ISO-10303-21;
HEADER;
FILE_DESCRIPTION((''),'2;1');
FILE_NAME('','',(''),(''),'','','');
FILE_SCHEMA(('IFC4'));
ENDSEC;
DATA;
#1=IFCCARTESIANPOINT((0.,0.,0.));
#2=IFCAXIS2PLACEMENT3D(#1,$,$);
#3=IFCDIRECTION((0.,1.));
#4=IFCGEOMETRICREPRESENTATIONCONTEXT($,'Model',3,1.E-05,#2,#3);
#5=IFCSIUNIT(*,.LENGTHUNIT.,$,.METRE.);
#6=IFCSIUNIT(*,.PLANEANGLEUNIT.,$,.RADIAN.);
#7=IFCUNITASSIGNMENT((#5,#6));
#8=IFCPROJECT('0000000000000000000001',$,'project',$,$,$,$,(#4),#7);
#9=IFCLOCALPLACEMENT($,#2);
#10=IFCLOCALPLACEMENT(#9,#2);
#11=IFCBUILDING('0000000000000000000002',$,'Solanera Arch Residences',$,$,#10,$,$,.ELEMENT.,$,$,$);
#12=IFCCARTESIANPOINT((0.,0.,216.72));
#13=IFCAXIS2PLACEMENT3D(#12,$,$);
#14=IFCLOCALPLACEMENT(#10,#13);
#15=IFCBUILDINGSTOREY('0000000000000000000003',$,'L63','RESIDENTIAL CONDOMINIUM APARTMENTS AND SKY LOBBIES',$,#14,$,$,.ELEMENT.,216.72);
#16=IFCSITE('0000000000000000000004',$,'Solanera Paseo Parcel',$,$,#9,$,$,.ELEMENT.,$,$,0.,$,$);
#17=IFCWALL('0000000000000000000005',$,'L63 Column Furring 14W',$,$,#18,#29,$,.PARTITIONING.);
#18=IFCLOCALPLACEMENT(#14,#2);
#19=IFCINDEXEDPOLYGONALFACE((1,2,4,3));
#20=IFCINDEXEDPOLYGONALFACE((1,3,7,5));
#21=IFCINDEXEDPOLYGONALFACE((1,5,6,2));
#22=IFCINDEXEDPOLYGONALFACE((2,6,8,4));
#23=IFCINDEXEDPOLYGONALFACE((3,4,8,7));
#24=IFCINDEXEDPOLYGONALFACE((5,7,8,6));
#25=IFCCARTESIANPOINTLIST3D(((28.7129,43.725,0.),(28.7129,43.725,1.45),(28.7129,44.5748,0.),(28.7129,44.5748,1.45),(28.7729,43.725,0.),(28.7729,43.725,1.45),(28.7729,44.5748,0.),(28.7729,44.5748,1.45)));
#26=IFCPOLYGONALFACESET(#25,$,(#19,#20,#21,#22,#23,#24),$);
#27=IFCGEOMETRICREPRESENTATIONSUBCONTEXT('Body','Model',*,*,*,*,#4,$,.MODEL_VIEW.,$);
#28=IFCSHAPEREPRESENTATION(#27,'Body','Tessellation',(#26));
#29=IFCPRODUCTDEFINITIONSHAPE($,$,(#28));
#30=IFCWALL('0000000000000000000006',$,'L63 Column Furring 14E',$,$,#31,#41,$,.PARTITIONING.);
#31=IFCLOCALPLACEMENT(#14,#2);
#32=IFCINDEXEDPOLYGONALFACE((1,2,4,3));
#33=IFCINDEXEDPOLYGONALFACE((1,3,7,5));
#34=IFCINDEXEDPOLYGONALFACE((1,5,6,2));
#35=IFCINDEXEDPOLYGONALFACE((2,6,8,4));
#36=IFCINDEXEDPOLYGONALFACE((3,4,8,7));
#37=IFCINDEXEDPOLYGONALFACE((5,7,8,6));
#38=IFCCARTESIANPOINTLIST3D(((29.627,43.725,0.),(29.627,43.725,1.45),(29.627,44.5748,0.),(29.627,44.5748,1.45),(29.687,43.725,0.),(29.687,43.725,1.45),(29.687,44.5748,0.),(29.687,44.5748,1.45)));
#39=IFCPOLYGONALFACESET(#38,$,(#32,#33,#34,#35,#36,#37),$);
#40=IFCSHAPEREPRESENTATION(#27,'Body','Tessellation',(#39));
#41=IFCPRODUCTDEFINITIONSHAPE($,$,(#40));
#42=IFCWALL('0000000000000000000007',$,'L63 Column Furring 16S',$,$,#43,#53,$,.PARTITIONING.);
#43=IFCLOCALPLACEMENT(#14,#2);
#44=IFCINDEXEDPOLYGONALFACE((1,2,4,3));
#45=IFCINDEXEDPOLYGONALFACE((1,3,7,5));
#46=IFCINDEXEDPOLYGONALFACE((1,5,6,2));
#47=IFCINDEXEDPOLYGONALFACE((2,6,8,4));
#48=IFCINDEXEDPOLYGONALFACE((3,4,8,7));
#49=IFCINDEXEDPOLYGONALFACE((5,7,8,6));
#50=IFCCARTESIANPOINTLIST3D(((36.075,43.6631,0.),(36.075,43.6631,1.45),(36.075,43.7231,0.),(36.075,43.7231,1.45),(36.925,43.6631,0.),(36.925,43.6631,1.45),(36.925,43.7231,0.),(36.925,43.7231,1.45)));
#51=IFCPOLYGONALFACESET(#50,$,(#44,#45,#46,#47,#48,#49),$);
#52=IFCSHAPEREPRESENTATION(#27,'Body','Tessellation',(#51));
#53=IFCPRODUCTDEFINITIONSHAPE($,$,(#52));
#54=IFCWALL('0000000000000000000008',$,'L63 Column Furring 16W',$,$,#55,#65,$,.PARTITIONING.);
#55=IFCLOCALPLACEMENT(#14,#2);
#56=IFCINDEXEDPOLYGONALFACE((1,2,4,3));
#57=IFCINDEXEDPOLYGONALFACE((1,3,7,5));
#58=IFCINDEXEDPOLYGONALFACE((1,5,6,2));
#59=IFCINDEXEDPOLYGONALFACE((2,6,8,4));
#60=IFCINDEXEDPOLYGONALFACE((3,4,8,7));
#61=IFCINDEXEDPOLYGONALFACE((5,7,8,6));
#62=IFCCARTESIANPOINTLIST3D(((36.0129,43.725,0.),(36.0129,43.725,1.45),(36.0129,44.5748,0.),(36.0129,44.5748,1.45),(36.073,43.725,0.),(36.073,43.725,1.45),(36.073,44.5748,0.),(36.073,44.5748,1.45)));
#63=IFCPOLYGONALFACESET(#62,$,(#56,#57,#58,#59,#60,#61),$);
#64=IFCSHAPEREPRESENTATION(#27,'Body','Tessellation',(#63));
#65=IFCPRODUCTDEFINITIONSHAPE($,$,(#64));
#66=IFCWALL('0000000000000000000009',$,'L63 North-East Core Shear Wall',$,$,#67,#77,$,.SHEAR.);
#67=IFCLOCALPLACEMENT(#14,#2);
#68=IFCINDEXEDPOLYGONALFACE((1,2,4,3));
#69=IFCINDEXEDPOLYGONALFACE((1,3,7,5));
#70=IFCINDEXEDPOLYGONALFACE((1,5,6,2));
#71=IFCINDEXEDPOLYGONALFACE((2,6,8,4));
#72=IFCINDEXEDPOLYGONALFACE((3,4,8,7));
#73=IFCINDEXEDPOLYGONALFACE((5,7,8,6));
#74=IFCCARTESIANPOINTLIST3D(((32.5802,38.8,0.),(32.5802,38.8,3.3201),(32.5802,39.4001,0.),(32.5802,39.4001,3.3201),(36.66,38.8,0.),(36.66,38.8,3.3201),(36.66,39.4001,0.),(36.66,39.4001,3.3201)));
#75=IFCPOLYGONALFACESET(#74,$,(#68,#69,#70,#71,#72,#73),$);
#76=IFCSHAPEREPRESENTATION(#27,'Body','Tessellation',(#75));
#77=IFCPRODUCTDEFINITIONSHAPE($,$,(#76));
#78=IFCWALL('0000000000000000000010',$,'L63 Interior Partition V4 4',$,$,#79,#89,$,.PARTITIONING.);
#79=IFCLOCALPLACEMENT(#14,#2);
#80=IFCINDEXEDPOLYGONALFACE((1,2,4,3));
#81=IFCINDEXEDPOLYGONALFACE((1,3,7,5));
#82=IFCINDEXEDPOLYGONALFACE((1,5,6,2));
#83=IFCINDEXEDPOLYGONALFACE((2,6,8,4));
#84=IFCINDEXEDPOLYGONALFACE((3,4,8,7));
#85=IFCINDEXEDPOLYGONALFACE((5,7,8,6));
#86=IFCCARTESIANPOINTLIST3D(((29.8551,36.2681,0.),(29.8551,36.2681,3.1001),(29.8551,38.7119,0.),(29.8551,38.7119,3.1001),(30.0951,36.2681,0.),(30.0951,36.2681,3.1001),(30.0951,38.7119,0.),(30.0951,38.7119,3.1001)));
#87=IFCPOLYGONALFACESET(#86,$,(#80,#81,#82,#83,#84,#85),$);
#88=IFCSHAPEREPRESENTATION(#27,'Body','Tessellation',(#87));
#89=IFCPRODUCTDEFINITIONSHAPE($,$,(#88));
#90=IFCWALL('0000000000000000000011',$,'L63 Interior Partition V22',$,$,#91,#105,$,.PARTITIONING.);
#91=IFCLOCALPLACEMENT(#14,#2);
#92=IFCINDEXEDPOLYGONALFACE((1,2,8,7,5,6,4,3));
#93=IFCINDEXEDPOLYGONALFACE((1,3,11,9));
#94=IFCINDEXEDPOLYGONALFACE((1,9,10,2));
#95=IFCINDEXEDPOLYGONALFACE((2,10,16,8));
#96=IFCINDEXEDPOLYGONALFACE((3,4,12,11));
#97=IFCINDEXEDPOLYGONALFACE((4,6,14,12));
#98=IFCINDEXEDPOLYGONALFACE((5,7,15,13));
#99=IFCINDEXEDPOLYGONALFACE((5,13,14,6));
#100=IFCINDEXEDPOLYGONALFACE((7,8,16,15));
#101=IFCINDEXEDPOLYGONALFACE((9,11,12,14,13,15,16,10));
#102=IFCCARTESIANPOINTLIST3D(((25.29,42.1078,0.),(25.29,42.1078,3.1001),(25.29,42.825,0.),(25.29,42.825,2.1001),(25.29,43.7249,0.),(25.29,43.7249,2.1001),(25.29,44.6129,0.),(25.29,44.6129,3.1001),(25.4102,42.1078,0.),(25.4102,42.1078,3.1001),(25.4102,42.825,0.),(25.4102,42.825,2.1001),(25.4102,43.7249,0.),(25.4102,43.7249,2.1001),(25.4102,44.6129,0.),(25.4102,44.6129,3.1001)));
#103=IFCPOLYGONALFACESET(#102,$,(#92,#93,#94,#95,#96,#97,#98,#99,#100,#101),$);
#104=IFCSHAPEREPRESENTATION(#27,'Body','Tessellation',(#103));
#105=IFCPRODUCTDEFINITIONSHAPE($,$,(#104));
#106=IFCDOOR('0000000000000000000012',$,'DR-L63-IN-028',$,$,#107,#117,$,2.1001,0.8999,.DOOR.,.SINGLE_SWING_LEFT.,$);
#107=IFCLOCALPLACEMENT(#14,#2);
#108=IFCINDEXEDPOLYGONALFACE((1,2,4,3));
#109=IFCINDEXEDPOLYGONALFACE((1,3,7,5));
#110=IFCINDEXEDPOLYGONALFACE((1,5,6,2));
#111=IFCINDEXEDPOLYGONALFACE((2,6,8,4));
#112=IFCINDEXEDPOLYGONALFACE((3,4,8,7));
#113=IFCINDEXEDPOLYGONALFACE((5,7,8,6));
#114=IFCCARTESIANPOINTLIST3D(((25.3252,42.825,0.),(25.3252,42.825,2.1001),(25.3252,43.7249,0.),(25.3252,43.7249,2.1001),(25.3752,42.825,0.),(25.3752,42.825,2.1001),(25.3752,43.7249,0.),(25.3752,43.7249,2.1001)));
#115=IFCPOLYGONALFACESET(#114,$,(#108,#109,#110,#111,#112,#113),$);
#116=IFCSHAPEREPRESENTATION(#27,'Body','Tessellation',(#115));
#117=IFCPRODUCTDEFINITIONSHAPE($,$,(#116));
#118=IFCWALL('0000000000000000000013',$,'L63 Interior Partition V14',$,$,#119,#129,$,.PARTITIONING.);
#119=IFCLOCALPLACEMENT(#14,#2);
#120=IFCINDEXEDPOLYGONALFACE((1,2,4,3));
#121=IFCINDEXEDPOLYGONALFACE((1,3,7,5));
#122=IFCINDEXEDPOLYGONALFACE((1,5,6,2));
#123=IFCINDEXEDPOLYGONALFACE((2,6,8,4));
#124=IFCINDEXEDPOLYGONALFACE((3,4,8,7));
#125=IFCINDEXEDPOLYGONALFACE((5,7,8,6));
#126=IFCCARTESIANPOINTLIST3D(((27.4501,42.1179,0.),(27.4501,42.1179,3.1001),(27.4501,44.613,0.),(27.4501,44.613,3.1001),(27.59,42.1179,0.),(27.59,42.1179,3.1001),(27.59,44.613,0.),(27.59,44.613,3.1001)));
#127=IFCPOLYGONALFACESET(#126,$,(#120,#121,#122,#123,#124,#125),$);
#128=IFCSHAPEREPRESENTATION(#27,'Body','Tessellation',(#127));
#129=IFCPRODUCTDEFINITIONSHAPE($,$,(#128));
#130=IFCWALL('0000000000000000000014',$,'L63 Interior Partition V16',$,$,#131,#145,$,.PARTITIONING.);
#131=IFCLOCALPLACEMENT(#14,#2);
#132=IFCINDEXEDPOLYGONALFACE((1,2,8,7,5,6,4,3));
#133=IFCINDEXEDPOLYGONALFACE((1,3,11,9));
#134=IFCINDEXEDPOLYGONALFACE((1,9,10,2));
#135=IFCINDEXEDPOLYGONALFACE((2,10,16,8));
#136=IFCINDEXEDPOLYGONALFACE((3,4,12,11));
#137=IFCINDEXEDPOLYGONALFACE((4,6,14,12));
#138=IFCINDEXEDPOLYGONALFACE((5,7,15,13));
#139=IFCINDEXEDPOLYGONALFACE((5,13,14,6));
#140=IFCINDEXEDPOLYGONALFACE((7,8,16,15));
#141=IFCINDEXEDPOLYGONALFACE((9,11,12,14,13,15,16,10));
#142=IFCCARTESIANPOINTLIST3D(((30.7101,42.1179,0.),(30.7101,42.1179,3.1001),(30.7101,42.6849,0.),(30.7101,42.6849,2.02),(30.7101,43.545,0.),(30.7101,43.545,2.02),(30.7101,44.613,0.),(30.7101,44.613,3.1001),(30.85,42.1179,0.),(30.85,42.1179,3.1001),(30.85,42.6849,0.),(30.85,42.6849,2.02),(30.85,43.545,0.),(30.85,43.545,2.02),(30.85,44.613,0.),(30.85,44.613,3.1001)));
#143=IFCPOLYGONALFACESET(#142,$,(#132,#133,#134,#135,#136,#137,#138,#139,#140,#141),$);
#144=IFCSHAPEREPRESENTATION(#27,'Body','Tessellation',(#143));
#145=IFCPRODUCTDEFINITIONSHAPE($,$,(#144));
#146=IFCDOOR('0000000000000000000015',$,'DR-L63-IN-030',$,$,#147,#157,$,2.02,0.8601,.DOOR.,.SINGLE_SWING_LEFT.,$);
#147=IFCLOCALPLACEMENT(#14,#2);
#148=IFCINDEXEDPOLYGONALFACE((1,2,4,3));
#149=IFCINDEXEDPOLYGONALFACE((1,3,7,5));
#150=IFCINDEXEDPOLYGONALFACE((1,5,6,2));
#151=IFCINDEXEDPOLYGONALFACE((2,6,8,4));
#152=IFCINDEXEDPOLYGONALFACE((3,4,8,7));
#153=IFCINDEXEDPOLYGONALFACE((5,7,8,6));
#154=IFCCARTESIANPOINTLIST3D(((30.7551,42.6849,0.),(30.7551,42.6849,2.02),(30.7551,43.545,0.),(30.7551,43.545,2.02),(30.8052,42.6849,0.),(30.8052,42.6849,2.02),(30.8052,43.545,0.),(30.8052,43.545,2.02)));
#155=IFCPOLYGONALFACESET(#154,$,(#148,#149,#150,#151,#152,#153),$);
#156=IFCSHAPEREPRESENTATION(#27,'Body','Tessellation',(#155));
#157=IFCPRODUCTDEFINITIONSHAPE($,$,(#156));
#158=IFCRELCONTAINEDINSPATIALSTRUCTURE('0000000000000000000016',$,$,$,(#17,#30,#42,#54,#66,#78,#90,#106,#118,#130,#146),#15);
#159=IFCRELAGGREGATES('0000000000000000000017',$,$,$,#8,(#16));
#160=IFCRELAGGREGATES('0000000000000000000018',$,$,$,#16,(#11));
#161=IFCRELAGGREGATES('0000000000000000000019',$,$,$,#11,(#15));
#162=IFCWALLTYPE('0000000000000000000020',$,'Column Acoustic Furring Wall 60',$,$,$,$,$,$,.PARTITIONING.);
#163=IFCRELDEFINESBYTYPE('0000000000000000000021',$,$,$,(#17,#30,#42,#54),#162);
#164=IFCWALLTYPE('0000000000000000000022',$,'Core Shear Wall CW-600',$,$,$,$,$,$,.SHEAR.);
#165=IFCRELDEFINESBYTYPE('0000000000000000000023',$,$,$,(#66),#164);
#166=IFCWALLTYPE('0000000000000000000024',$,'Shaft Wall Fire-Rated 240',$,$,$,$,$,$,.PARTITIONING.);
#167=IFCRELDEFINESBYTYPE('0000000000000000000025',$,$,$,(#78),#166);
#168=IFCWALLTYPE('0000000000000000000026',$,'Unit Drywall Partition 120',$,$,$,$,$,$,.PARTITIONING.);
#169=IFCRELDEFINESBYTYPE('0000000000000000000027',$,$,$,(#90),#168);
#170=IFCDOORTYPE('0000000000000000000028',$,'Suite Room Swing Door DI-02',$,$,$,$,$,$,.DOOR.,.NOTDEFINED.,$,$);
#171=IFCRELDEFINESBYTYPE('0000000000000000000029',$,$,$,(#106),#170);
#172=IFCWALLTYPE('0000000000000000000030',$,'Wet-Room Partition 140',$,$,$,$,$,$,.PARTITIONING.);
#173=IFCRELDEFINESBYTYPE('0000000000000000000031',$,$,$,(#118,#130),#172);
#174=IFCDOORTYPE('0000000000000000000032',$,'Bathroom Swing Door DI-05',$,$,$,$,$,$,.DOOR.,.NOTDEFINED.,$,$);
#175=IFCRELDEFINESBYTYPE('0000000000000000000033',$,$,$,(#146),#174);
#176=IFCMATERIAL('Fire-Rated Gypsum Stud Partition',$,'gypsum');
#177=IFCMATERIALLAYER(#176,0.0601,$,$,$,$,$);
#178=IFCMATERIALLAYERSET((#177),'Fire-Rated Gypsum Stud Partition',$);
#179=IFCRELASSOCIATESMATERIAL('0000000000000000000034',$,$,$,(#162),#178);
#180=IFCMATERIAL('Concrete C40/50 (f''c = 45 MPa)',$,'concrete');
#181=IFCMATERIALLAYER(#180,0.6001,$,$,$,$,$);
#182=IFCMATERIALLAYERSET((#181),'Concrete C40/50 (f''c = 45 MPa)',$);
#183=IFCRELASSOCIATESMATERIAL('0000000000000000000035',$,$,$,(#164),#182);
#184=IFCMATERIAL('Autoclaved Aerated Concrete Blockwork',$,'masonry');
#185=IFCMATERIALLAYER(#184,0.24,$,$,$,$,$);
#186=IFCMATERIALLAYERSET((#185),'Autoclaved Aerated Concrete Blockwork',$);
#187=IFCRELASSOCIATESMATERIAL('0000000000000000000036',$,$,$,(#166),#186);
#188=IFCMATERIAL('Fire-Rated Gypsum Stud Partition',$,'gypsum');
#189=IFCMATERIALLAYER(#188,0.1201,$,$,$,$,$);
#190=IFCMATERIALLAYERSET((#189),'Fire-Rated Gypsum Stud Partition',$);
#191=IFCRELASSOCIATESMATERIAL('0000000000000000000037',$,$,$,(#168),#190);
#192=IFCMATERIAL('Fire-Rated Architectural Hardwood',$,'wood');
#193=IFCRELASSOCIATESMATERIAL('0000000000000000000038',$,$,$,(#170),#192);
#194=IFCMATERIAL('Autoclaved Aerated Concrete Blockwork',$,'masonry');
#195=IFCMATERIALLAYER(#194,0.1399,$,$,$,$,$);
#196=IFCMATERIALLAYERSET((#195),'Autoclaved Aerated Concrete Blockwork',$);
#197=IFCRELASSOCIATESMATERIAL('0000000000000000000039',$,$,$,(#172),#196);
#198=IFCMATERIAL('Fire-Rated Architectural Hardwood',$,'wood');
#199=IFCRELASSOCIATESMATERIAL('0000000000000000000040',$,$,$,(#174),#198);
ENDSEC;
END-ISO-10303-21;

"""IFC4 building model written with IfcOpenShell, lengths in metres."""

from ifc_helpers import new_model, si_unit, direction, frame, frame_2d, origin, place, context, subcontext, project, spatial, rectangle, extrude, material, layer, layer_set, type_object, element, fill, save


model = new_model("IFC4")

# Units and contexts
model_context = context("Model", 3, precision=1e-05, world=origin(), true_north=direction((0.0, 1.0)))
body_context = subcontext(model_context, "Body", "Model", "MODEL_VIEW")
ifc_project = project(units=[si_unit("LENGTHUNIT", "METRE"), si_unit("PLANEANGLEUNIT", "RADIAN")], contexts=[model_context])

# Site, building, storey
site_placement = place(None, origin())
site = spatial("IfcSite", under=ifc_project, at=site_placement, Name="Solanera Paseo Parcel", CompositionType="ELEMENT", RefElevation=0.0)
building_placement = place(site_placement, origin())
building = spatial("IfcBuilding", under=site, at=building_placement, Name="Solanera Arch Residences", CompositionType="ELEMENT")
storey_placement = place(building_placement, frame((0.0, 0.0, 216.72)))
storey = spatial("IfcBuildingStorey", under=building, at=storey_placement, Name="L63", Description="RESIDENTIAL CONDOMINIUM APARTMENTS AND SKY LOBBIES", CompositionType="ELEMENT", Elevation=216.72)

# Walls
ifc_material_1 = material(Name="Fire-Rated Gypsum Stud Partition", Category="gypsum")
ifc_layer_1 = layer(ifc_material_1, 0.0601)
ifc_layer_set_1 = layer_set([ifc_layer_1], Name="Fire-Rated Gypsum Stud Partition")
wall_type_1 = type_object("IfcWallType", Name="Column Acoustic Furring Wall 60", PredefinedType="PARTITIONING", material=ifc_layer_set_1)
for number, where, z_axis, x_axis, name in (
    (1, (28.7429, 43.7251, 0.0), (0.0, 0.0, 1.0), (0.0, 1.0, 0.0), "L63 Column Furring 14W"),
    (2, (29.657, 43.7251, 0.0), (0.0, 0.0, 1.0), (0.0, 1.0, 0.0), "L63 Column Furring 14E"),
):
    element("IfcWall", number, at=place(storey_placement, frame(where, z_axis=z_axis, x_axis=x_axis)), inside=storey, type_object=wall_type_1, Name=name, PredefinedType="PARTITIONING", context=body_context, shape_type="SweptSolid", body=[
        extrude(rectangle(XDim=0.8499, YDim=0.0601, at=frame_2d((0.4248, 0.0))), origin(), (0.0, 0.0, 1.0), 1.45),
    ])
wall_1_placement = place(storey_placement, frame((36.075, 43.6931, 0.0), z_axis=(0.0, 0.0, 1.0), x_axis=(1.0, 0.0, 0.0)))
element("IfcWall", 3, at=wall_1_placement, inside=storey, type_object=wall_type_1, Name="L63 Column Furring 16S", PredefinedType="PARTITIONING", context=body_context, shape_type="SweptSolid", body=[
    extrude(rectangle(XDim=0.8501, YDim=0.0601, at=frame_2d((0.425, 0.0))), origin(), (0.0, 0.0, 1.0), 1.45),
])
wall_2_placement = place(storey_placement, frame((36.043, 43.7251, 0.0), z_axis=(0.0, 0.0, 1.0), x_axis=(0.0, 1.0, 0.0)))
element("IfcWall", 4, at=wall_2_placement, inside=storey, type_object=wall_type_1, Name="L63 Column Furring 16W", PredefinedType="PARTITIONING", context=body_context, shape_type="SweptSolid", body=[
    extrude(rectangle(XDim=0.8499, YDim=0.0601, at=frame_2d((0.4248, 0.0))), origin(), (0.0, 0.0, 1.0), 1.45),
])
ifc_material_2 = material(Name="Concrete C40/50 (f'c = 45 MPa)", Category="concrete")
ifc_layer_2 = layer(ifc_material_2, 0.6001)
ifc_layer_set_2 = layer_set([ifc_layer_2], Name="Concrete C40/50 (f'c = 45 MPa)")
wall_type_2 = type_object("IfcWallType", Name="Core Shear Wall CW-600", PredefinedType="SHEAR", material=ifc_layer_set_2)
wall_3_placement = place(storey_placement, frame((32.5801, 39.1001, 0.0), z_axis=(0.0, 0.0, 1.0), x_axis=(1.0, 0.0, 0.0)))
element("IfcWall", 5, at=wall_3_placement, inside=storey, type_object=wall_type_2, Name="L63 North-East Core Shear Wall", PredefinedType="SHEAR", context=body_context, shape_type="SweptSolid", body=[
    extrude(rectangle(XDim=4.0798, YDim=0.6001, at=frame_2d((2.04, 0.0))), origin(), (0.0, 0.0, 1.0), 3.3201),
])
ifc_material_3 = material(Name="Autoclaved Aerated Concrete Blockwork", Category="masonry")
ifc_layer_3 = layer(ifc_material_3, 0.24)
ifc_layer_set_3 = layer_set([ifc_layer_3], Name="Autoclaved Aerated Concrete Blockwork")
wall_type_3 = type_object("IfcWallType", Name="Shaft Wall Fire-Rated 240", PredefinedType="PARTITIONING", material=ifc_layer_set_3)
wall_4_placement = place(storey_placement, frame((29.9751, 36.2681, 0.0), z_axis=(0.0, 0.0, 1.0), x_axis=(0.0, 1.0, 0.0)))
element("IfcWall", 6, at=wall_4_placement, inside=storey, type_object=wall_type_3, Name="L63 Interior Partition V4 4", PredefinedType="PARTITIONING", context=body_context, shape_type="SweptSolid", body=[
    extrude(rectangle(XDim=2.4438, YDim=0.24, at=frame_2d((1.2219, 0.0))), origin(), (0.0, 0.0, 1.0), 3.1001),
])

# Wall, opening, door
ifc_material_4 = material(Name="Fire-Rated Gypsum Stud Partition", Category="gypsum")
ifc_layer_4 = layer(ifc_material_4, 0.1201)
ifc_layer_set_4 = layer_set([ifc_layer_4], Name="Fire-Rated Gypsum Stud Partition")
wall_type_4 = type_object("IfcWallType", Name="Unit Drywall Partition 120", PredefinedType="PARTITIONING", material=ifc_layer_set_4)
wall_5_placement = place(storey_placement, frame((25.3501, 42.1079, 0.0), z_axis=(0.0, 0.0, 1.0), x_axis=(0.0, 1.0, 0.0)))
wall_5 = element("IfcWall", 7, at=wall_5_placement, inside=storey, type_object=wall_type_4, Name="L63 Interior Partition V22", PredefinedType="PARTITIONING", context=body_context, shape_type="SweptSolid", body=[
    extrude(rectangle(XDim=2.5051, YDim=0.1201, at=frame_2d((1.2524, 0.0))), origin(), (0.0, 0.0, 1.0), 3.1001),
])
opening_1_placement = place(wall_5_placement, frame((0.717, 0.0, 0.0)))
opening_1 = element("IfcOpeningElement", 8, at=opening_1_placement, cuts=wall_5, PredefinedType="OPENING", context=body_context, shape_type="SweptSolid", body=[
    extrude(rectangle(XDim=0.8999, YDim=2.1001, at=frame_2d((0.45, 1.05))), frame((0.0, 0.0701, 0.0), z_axis=(0.0, -1.0, 0.0), x_axis=(1.0, 0.0, 0.0)), (0.0, 0.0, 1.0), 0.1401),
])
ifc_material_5 = material(Name="Fire-Rated Architectural Hardwood", Category="wood")
door_type_1 = type_object("IfcDoorType", Name="Suite Room Swing Door DI-02", OperationType="NOTDEFINED", PredefinedType="DOOR", material=ifc_material_5)
door_1_placement = place(opening_1_placement, origin())
door_1 = element("IfcDoor", 9, at=door_1_placement, inside=storey, type_object=door_type_1, Name="DR-L63-IN-028", OperationType="SINGLE_SWING_LEFT", OverallHeight=2.1001, OverallWidth=0.8999, PredefinedType="DOOR", context=body_context, shape_type="SweptSolid", body=[
    extrude(rectangle(XDim=0.8999, YDim=2.1001, at=frame_2d((0.45, 1.05))), frame((0.0, 0.0249, 0.0), z_axis=(0.0, -1.0, 0.0), x_axis=(1.0, 0.0, 0.0)), (0.0, 0.0, 1.0), 0.05),
])
fill(opening_1, door_1)

# Wall
ifc_material_6 = material(Name="Autoclaved Aerated Concrete Blockwork", Category="masonry")
ifc_layer_5 = layer(ifc_material_6, 0.1399)
ifc_layer_set_5 = layer_set([ifc_layer_5], Name="Autoclaved Aerated Concrete Blockwork")
wall_type_5 = type_object("IfcWallType", Name="Wet-Room Partition 140", PredefinedType="PARTITIONING", material=ifc_layer_set_5)
wall_6_placement = place(storey_placement, frame((27.52, 42.1179, 0.0), z_axis=(0.0, 0.0, 1.0), x_axis=(0.0, 1.0, 0.0)))
element("IfcWall", 10, at=wall_6_placement, inside=storey, type_object=wall_type_5, Name="L63 Interior Partition V14", PredefinedType="PARTITIONING", context=body_context, shape_type="SweptSolid", body=[
    extrude(rectangle(XDim=2.4951, YDim=0.1399, at=frame_2d((1.2476, 0.0))), origin(), (0.0, 0.0, 1.0), 3.1001),
])

# Wall, opening, door
wall_7_placement = place(storey_placement, frame((30.78, 42.1179, 0.0), z_axis=(0.0, 0.0, 1.0), x_axis=(0.0, 1.0, 0.0)))
wall_7 = element("IfcWall", 11, at=wall_7_placement, inside=storey, type_object=wall_type_5, Name="L63 Interior Partition V16", PredefinedType="PARTITIONING", context=body_context, shape_type="SweptSolid", body=[
    extrude(rectangle(XDim=2.4951, YDim=0.1399, at=frame_2d((1.2476, 0.0))), origin(), (0.0, 0.0, 1.0), 3.1001),
])
opening_2_placement = place(wall_7_placement, frame((0.5669, 0.0, 0.0)))
opening_2 = element("IfcOpeningElement", 12, at=opening_2_placement, cuts=wall_7, PredefinedType="OPENING", context=body_context, shape_type="SweptSolid", body=[
    extrude(rectangle(XDim=0.8601, YDim=2.02, at=frame_2d((0.4302, 1.01))), frame((0.0, 0.0798, 0.0), z_axis=(0.0, -1.0, 0.0), x_axis=(1.0, 0.0, 0.0)), (0.0, 0.0, 1.0), 0.1599),
])
ifc_material_7 = material(Name="Fire-Rated Architectural Hardwood", Category="wood")
door_type_2 = type_object("IfcDoorType", Name="Bathroom Swing Door DI-05", OperationType="NOTDEFINED", PredefinedType="DOOR", material=ifc_material_7)
door_2_placement = place(opening_2_placement, origin())
door_2 = element("IfcDoor", 13, at=door_2_placement, inside=storey, type_object=door_type_2, Name="DR-L63-IN-030", OperationType="SINGLE_SWING_LEFT", OverallHeight=2.02, OverallWidth=0.8601, PredefinedType="DOOR", context=body_context, shape_type="SweptSolid", body=[
    extrude(rectangle(XDim=0.8601, YDim=2.02, at=frame_2d((0.4302, 1.01))), frame((0.0, 0.0249, 0.0), z_axis=(0.0, -1.0, 0.0), x_axis=(1.0, 0.0, 0.0)), (0.0, 0.0, 1.0), 0.05),
])
fill(opening_2, door_2)

save(model, "model.ifc")
